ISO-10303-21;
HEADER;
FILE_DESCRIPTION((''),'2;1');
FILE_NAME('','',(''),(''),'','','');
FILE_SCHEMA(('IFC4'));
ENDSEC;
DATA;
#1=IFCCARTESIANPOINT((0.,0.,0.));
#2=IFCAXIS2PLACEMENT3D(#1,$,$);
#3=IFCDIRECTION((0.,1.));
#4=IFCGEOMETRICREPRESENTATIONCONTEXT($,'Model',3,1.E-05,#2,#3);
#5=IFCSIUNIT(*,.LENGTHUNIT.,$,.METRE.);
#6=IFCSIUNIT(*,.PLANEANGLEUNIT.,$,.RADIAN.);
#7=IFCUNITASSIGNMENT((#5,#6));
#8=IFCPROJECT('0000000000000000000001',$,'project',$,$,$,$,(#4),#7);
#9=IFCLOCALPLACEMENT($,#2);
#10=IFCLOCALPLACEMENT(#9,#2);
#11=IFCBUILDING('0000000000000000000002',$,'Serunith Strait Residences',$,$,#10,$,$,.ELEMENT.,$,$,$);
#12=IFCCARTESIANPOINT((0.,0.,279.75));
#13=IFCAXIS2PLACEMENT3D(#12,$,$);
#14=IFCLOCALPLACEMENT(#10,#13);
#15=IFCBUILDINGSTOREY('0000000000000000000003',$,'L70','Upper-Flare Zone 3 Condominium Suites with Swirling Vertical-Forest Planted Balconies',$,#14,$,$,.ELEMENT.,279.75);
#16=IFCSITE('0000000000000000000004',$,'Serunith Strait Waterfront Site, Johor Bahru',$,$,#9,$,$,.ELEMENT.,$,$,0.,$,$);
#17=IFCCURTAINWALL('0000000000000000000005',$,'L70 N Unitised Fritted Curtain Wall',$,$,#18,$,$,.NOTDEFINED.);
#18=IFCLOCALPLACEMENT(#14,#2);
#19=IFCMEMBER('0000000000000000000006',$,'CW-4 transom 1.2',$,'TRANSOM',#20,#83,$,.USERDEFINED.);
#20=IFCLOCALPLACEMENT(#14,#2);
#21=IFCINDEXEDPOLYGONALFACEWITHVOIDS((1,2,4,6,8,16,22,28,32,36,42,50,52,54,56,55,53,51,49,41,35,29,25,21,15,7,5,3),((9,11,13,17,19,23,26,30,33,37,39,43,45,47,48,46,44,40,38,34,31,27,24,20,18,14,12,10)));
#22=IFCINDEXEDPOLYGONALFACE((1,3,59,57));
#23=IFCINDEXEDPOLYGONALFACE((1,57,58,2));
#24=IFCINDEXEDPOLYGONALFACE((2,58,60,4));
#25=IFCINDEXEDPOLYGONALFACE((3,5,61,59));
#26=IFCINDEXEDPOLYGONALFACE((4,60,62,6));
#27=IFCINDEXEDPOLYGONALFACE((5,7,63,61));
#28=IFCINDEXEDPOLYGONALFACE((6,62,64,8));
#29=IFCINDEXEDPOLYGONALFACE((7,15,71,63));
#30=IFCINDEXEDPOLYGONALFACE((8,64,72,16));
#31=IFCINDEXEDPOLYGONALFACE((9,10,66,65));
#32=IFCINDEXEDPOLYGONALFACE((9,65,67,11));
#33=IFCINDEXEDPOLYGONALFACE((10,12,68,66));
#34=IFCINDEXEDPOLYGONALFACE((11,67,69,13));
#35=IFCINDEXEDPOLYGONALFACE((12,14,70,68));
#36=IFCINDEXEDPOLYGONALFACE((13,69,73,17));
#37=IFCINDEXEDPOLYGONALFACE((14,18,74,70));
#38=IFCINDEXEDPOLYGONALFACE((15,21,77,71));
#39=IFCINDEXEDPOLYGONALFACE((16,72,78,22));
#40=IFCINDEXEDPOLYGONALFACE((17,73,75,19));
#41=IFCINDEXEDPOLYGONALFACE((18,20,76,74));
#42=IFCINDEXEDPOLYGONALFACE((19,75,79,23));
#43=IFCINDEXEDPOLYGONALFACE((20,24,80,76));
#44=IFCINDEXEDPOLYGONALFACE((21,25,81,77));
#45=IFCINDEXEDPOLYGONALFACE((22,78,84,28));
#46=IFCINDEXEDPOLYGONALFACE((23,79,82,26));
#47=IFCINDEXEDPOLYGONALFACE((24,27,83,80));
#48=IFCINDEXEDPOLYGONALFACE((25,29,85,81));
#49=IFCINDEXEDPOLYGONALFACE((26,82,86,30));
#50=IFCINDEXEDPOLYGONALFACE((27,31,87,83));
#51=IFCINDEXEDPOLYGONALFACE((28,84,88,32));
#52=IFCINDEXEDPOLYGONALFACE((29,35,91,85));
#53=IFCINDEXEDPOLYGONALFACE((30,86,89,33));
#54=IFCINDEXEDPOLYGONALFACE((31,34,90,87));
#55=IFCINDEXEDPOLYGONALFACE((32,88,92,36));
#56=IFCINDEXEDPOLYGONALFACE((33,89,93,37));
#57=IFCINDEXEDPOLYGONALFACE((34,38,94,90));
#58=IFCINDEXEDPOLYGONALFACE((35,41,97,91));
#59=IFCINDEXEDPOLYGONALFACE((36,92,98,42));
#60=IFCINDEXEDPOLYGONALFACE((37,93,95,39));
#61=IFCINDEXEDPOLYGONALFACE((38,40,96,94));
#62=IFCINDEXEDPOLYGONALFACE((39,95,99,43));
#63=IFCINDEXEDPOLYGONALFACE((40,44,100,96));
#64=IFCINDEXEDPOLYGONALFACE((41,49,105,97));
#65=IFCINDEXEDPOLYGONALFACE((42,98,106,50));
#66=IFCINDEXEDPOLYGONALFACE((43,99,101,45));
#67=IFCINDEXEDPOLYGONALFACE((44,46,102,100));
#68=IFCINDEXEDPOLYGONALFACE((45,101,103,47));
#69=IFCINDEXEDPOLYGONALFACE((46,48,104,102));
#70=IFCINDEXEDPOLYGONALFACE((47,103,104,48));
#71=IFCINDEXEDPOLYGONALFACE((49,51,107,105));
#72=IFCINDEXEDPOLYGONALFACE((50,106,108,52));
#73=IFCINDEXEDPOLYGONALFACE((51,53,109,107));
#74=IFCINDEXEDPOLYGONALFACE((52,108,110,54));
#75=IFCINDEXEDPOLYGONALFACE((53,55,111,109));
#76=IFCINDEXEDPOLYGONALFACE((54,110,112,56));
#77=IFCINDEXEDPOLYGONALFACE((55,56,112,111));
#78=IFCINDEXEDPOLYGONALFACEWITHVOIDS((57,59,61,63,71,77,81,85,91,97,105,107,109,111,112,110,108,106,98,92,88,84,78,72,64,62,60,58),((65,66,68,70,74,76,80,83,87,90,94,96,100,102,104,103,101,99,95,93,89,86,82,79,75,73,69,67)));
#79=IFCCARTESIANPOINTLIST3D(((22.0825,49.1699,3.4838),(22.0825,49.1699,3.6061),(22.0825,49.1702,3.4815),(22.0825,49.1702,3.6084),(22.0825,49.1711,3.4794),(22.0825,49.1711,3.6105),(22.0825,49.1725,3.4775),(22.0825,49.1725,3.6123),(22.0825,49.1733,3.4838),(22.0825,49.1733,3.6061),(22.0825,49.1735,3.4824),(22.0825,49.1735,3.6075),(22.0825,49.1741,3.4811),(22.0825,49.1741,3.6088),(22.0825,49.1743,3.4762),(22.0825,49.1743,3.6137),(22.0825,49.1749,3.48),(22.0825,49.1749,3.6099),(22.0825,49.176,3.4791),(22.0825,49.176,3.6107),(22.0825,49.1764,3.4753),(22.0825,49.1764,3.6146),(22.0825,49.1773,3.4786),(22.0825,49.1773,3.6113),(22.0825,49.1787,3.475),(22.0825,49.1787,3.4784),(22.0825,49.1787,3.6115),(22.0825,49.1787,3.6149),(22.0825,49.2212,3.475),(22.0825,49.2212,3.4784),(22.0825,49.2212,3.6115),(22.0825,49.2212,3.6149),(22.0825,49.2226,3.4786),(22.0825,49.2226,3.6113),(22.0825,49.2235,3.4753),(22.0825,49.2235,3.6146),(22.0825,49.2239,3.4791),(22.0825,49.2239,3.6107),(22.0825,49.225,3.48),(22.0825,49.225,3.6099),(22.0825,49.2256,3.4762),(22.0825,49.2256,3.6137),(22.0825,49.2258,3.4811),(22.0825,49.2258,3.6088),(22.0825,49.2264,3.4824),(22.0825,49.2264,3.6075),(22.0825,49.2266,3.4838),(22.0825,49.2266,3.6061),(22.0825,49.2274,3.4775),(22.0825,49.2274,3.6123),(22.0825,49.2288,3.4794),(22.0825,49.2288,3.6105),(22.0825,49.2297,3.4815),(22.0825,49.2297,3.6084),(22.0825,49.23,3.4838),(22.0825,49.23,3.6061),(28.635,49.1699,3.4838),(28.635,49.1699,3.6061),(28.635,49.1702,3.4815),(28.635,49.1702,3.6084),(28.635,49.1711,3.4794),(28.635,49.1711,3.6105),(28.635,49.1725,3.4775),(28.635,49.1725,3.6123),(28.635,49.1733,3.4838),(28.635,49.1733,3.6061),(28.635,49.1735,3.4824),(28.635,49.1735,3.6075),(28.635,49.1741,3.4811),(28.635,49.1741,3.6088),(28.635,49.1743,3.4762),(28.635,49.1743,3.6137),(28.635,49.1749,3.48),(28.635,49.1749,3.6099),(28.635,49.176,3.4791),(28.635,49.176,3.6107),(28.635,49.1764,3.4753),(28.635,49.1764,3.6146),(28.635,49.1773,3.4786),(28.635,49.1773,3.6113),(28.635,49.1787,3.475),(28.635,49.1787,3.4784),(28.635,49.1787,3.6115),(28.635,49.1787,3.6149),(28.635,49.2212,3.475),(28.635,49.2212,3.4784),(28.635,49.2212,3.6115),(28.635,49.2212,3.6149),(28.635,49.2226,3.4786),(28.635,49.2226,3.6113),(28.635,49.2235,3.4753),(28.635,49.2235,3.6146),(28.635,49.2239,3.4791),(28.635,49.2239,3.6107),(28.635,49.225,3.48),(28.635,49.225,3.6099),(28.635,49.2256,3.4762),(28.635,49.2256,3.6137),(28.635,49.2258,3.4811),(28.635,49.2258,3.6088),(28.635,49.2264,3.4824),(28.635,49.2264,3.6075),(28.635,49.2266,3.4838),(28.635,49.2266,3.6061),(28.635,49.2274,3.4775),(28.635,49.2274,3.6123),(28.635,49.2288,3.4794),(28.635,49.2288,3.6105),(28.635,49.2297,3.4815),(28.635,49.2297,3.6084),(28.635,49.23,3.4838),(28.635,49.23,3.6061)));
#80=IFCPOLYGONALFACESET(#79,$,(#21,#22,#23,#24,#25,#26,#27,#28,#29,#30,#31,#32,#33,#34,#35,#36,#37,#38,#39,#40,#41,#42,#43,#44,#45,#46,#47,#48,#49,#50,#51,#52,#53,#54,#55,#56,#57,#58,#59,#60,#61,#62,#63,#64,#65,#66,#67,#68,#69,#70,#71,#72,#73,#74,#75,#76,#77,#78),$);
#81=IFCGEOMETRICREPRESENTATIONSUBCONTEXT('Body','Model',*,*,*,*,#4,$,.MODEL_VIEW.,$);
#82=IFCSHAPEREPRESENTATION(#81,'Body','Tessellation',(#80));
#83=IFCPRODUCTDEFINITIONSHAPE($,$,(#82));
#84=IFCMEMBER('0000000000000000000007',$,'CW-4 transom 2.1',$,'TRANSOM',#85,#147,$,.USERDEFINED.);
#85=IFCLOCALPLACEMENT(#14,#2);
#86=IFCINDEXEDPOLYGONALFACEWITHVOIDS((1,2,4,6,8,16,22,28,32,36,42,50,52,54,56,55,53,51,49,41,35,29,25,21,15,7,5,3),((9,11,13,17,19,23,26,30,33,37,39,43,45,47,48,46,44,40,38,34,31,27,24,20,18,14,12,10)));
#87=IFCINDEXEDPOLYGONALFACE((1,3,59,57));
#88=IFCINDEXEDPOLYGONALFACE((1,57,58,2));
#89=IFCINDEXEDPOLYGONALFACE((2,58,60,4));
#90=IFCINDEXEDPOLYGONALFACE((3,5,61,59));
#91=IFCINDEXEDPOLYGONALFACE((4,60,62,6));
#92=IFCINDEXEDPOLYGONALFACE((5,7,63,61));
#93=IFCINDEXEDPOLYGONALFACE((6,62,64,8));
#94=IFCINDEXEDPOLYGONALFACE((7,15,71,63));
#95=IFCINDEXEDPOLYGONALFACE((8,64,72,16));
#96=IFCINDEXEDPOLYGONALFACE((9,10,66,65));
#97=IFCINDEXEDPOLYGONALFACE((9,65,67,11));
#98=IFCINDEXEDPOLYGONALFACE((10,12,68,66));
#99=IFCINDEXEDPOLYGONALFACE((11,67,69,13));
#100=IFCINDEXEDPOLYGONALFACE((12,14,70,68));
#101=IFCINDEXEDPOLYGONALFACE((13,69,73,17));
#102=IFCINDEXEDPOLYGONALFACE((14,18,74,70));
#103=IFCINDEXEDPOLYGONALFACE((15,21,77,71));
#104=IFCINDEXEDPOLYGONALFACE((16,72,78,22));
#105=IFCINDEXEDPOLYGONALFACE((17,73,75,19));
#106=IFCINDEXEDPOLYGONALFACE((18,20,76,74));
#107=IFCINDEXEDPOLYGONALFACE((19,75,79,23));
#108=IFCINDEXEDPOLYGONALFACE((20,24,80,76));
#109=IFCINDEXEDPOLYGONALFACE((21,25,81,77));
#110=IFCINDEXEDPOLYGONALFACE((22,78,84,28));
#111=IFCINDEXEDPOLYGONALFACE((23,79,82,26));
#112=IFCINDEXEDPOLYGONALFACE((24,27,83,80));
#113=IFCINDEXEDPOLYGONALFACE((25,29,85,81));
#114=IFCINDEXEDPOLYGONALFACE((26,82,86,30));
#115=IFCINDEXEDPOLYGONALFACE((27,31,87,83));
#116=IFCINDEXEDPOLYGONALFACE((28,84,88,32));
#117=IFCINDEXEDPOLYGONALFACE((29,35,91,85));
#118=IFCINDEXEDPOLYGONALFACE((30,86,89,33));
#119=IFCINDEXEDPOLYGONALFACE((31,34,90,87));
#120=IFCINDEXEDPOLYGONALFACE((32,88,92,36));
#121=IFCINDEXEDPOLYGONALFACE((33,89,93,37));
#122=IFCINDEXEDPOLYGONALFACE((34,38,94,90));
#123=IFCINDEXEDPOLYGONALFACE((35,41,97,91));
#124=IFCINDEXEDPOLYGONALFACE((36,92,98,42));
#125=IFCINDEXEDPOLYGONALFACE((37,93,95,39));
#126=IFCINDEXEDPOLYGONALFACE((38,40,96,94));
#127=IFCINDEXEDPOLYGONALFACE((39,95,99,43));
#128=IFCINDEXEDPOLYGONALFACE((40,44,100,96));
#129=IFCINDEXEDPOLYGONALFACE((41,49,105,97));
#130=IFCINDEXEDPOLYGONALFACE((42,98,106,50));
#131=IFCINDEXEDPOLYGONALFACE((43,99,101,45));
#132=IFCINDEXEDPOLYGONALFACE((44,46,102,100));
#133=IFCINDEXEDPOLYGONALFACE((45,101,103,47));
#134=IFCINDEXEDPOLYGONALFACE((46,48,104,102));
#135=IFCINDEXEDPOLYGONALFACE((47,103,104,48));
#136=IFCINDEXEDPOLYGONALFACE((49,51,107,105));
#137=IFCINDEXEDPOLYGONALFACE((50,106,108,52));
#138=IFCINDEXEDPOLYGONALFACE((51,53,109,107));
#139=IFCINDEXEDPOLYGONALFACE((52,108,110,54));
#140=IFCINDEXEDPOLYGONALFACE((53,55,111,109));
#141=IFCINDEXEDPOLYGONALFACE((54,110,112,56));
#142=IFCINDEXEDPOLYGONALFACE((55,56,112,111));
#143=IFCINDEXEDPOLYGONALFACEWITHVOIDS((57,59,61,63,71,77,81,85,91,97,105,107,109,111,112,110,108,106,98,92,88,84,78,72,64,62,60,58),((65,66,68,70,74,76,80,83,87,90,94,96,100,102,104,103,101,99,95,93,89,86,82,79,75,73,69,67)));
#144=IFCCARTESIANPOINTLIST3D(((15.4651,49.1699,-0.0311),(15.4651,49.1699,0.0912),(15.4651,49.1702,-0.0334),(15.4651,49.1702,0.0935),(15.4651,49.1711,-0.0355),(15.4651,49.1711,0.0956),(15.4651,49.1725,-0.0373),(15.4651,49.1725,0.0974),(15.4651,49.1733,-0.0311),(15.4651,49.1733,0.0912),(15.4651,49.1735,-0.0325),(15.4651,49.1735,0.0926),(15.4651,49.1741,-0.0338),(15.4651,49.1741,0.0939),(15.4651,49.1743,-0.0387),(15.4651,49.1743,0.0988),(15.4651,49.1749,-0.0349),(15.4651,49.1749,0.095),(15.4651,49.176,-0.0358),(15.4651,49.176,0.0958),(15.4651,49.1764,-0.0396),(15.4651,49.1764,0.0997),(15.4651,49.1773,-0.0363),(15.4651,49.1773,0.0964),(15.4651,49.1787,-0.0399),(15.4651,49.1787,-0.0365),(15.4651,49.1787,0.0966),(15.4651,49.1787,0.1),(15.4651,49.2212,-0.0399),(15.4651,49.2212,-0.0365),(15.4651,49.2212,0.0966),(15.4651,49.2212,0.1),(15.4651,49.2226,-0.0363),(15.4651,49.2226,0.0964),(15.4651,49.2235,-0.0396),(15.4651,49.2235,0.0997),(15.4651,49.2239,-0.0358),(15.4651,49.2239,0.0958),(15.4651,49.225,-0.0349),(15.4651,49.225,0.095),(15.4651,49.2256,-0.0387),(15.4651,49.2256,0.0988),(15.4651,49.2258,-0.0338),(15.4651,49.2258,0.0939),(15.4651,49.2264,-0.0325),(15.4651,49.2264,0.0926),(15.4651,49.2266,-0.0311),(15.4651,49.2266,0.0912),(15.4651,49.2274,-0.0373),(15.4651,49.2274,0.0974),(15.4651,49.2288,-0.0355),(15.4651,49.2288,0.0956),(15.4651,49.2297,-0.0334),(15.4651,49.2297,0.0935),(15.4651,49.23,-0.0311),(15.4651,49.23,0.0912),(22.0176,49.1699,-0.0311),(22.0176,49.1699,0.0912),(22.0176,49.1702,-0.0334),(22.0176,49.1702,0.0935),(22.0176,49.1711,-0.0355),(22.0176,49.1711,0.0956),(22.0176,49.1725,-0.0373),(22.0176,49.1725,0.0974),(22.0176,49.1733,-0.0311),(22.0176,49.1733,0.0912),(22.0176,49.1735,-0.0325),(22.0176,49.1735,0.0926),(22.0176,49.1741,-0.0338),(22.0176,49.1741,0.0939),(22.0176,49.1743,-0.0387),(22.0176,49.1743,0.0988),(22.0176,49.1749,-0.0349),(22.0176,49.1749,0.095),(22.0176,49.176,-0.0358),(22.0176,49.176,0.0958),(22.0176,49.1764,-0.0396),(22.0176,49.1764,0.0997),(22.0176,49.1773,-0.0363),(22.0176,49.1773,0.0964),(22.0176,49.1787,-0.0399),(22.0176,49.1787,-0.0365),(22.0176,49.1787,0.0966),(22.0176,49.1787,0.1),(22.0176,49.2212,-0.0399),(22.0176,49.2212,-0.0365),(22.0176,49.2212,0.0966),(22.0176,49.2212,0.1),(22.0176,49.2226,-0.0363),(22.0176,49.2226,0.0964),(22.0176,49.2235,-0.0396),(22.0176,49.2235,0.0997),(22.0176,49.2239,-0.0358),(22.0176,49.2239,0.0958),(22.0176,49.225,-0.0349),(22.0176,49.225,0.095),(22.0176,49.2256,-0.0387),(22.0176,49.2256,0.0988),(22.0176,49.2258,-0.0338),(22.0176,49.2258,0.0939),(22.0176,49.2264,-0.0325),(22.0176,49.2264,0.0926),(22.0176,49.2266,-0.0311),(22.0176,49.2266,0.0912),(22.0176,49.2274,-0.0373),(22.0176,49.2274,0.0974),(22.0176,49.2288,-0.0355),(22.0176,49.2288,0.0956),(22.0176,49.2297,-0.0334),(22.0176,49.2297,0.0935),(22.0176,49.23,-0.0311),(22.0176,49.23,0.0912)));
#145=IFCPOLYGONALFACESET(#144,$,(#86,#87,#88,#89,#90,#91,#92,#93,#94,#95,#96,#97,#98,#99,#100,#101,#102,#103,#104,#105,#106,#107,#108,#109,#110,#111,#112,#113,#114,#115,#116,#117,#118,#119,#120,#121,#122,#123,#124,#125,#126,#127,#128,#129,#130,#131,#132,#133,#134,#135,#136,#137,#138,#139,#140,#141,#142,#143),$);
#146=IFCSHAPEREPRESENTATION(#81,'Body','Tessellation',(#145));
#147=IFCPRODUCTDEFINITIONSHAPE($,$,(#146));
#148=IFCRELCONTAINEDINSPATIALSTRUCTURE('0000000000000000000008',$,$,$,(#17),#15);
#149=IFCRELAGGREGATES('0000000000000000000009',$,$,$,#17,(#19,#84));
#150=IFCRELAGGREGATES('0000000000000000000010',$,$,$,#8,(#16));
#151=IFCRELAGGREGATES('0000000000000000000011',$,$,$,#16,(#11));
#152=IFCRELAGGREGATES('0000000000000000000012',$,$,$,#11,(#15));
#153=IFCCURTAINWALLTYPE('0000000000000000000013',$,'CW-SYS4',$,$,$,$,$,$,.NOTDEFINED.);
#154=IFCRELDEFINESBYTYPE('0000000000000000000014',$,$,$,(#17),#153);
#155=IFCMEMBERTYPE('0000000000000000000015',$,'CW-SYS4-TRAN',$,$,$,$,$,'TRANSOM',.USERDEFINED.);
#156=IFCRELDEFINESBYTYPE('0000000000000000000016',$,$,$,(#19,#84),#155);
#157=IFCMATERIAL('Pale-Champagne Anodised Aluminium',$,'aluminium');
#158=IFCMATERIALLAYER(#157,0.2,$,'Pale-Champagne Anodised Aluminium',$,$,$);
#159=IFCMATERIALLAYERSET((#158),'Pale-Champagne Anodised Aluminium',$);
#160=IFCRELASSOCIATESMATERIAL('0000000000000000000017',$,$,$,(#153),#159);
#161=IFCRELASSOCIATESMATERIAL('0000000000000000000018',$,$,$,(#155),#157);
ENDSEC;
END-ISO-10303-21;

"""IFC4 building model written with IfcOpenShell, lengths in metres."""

from ifc_helpers import new_model, si_unit, direction, frame, origin, origin_2d, place, context, subcontext, project, spatial, hollow_rectangle, extrude, source, transform, mapped, material, layer, layer_set, material_profile, profile_set, type_object, element, aggregate, save


model = new_model("IFC4")

# Units and contexts
model_context = context("Model", 3, precision=1e-05, world=origin(), true_north=direction((0.0, 1.0)))
body_context = subcontext(model_context, "Body", "Model", "MODEL_VIEW")
ifc_project = project(units=[si_unit("LENGTHUNIT", "METRE"), si_unit("PLANEANGLEUNIT", "RADIAN")], contexts=[model_context])

# Site, building, storey
site_placement = place(None, origin())
site = spatial("IfcSite", under=ifc_project, at=site_placement, Name="Serunith Strait Waterfront Site, Johor Bahru", CompositionType="ELEMENT", RefElevation=0.0)
building_placement = place(site_placement, origin())
building = spatial("IfcBuilding", under=site, at=building_placement, Name="Serunith Strait Residences", CompositionType="ELEMENT")
storey_placement = place(building_placement, frame((0.0, 0.0, 279.75)))
storey = spatial("IfcBuildingStorey", under=building, at=storey_placement, Name="L70", Description="Upper-Flare Zone 3 Condominium Suites with Swirling Vertical-Forest Planted Balconies", CompositionType="ELEMENT", Elevation=279.75)

# Curtain wall, members
ifc_material_1 = material(Name="Pale-Champagne Anodised Aluminium", Category="aluminium")
ifc_layer_1 = layer(ifc_material_1, 0.2, Name="Pale-Champagne Anodised Aluminium")
ifc_layer_set_1 = layer_set([ifc_layer_1], Name="Pale-Champagne Anodised Aluminium")
curtain_wall_type = type_object("IfcCurtainWallType", Name="CW-SYS4", PredefinedType="NOTDEFINED", material=ifc_layer_set_1)
curtain_wall_placement = place(storey_placement, origin())
curtain_wall = element("IfcCurtainWall", 1, at=curtain_wall_placement, inside=storey, type_object=curtain_wall_type, Name="L70 N Unitised Fritted Curtain Wall", PredefinedType="NOTDEFINED")
ifc_material_profile_1 = material_profile(ifc_material_1, hollow_rectangle(XDim=0.0601, YDim=0.1399, WallThickness=0.0034, InnerFilletRadius=0.0054, OuterFilletRadius=0.0088, at=origin_2d()), Name="ALU 140x60x3.5")
ifc_profile_set_1 = profile_set([ifc_material_profile_1], Name="Pale-Champagne Anodised Aluminium")
member_type_1 = type_object("IfcMemberType", Name="CW-SYS4-TRAN", ElementType="TRANSOM", PredefinedType="USERDEFINED", material=ifc_profile_set_1)
shared_shape_1 = source(origin(), body_context, "Body", "SweptSolid", [
    extrude(hollow_rectangle(XDim=0.0601, YDim=0.1399, WallThickness=0.0034, InnerFilletRadius=0.0054, OuterFilletRadius=0.0088, at=origin_2d()), origin(), (0.0, 0.0, 1.0), 6.5525),
])
member_1_placement = place(storey_placement, frame((28.635, 49.2, 3.5449), z_axis=(-1.0, 0.0, 0.0), x_axis=(0.0, -1.0, 0.0)))
member_1 = element("IfcMember", 2, at=member_1_placement, type_object=member_type_1, Name="CW-4 transom 1.2", ObjectType="TRANSOM", PredefinedType="USERDEFINED", context=body_context, shape_type="MappedRepresentation", body=[
    mapped(shared_shape_1, transform((0.0, 0.0, 0.0), scale=1.0)),
])
member_2_placement = place(storey_placement, frame((22.0176, 49.2, 0.03), z_axis=(-1.0, 0.0, 0.0), x_axis=(0.0, -1.0, 0.0)))
member_2 = element("IfcMember", 3, at=member_2_placement, type_object=member_type_1, Name="CW-4 transom 2.1", ObjectType="TRANSOM", PredefinedType="USERDEFINED", context=body_context, shape_type="MappedRepresentation", body=[
    mapped(shared_shape_1, transform((0.0, 0.0, 0.0), scale=1.0)),
])
aggregate(curtain_wall, [member_1, member_2])

save(model, "model.ifc")
